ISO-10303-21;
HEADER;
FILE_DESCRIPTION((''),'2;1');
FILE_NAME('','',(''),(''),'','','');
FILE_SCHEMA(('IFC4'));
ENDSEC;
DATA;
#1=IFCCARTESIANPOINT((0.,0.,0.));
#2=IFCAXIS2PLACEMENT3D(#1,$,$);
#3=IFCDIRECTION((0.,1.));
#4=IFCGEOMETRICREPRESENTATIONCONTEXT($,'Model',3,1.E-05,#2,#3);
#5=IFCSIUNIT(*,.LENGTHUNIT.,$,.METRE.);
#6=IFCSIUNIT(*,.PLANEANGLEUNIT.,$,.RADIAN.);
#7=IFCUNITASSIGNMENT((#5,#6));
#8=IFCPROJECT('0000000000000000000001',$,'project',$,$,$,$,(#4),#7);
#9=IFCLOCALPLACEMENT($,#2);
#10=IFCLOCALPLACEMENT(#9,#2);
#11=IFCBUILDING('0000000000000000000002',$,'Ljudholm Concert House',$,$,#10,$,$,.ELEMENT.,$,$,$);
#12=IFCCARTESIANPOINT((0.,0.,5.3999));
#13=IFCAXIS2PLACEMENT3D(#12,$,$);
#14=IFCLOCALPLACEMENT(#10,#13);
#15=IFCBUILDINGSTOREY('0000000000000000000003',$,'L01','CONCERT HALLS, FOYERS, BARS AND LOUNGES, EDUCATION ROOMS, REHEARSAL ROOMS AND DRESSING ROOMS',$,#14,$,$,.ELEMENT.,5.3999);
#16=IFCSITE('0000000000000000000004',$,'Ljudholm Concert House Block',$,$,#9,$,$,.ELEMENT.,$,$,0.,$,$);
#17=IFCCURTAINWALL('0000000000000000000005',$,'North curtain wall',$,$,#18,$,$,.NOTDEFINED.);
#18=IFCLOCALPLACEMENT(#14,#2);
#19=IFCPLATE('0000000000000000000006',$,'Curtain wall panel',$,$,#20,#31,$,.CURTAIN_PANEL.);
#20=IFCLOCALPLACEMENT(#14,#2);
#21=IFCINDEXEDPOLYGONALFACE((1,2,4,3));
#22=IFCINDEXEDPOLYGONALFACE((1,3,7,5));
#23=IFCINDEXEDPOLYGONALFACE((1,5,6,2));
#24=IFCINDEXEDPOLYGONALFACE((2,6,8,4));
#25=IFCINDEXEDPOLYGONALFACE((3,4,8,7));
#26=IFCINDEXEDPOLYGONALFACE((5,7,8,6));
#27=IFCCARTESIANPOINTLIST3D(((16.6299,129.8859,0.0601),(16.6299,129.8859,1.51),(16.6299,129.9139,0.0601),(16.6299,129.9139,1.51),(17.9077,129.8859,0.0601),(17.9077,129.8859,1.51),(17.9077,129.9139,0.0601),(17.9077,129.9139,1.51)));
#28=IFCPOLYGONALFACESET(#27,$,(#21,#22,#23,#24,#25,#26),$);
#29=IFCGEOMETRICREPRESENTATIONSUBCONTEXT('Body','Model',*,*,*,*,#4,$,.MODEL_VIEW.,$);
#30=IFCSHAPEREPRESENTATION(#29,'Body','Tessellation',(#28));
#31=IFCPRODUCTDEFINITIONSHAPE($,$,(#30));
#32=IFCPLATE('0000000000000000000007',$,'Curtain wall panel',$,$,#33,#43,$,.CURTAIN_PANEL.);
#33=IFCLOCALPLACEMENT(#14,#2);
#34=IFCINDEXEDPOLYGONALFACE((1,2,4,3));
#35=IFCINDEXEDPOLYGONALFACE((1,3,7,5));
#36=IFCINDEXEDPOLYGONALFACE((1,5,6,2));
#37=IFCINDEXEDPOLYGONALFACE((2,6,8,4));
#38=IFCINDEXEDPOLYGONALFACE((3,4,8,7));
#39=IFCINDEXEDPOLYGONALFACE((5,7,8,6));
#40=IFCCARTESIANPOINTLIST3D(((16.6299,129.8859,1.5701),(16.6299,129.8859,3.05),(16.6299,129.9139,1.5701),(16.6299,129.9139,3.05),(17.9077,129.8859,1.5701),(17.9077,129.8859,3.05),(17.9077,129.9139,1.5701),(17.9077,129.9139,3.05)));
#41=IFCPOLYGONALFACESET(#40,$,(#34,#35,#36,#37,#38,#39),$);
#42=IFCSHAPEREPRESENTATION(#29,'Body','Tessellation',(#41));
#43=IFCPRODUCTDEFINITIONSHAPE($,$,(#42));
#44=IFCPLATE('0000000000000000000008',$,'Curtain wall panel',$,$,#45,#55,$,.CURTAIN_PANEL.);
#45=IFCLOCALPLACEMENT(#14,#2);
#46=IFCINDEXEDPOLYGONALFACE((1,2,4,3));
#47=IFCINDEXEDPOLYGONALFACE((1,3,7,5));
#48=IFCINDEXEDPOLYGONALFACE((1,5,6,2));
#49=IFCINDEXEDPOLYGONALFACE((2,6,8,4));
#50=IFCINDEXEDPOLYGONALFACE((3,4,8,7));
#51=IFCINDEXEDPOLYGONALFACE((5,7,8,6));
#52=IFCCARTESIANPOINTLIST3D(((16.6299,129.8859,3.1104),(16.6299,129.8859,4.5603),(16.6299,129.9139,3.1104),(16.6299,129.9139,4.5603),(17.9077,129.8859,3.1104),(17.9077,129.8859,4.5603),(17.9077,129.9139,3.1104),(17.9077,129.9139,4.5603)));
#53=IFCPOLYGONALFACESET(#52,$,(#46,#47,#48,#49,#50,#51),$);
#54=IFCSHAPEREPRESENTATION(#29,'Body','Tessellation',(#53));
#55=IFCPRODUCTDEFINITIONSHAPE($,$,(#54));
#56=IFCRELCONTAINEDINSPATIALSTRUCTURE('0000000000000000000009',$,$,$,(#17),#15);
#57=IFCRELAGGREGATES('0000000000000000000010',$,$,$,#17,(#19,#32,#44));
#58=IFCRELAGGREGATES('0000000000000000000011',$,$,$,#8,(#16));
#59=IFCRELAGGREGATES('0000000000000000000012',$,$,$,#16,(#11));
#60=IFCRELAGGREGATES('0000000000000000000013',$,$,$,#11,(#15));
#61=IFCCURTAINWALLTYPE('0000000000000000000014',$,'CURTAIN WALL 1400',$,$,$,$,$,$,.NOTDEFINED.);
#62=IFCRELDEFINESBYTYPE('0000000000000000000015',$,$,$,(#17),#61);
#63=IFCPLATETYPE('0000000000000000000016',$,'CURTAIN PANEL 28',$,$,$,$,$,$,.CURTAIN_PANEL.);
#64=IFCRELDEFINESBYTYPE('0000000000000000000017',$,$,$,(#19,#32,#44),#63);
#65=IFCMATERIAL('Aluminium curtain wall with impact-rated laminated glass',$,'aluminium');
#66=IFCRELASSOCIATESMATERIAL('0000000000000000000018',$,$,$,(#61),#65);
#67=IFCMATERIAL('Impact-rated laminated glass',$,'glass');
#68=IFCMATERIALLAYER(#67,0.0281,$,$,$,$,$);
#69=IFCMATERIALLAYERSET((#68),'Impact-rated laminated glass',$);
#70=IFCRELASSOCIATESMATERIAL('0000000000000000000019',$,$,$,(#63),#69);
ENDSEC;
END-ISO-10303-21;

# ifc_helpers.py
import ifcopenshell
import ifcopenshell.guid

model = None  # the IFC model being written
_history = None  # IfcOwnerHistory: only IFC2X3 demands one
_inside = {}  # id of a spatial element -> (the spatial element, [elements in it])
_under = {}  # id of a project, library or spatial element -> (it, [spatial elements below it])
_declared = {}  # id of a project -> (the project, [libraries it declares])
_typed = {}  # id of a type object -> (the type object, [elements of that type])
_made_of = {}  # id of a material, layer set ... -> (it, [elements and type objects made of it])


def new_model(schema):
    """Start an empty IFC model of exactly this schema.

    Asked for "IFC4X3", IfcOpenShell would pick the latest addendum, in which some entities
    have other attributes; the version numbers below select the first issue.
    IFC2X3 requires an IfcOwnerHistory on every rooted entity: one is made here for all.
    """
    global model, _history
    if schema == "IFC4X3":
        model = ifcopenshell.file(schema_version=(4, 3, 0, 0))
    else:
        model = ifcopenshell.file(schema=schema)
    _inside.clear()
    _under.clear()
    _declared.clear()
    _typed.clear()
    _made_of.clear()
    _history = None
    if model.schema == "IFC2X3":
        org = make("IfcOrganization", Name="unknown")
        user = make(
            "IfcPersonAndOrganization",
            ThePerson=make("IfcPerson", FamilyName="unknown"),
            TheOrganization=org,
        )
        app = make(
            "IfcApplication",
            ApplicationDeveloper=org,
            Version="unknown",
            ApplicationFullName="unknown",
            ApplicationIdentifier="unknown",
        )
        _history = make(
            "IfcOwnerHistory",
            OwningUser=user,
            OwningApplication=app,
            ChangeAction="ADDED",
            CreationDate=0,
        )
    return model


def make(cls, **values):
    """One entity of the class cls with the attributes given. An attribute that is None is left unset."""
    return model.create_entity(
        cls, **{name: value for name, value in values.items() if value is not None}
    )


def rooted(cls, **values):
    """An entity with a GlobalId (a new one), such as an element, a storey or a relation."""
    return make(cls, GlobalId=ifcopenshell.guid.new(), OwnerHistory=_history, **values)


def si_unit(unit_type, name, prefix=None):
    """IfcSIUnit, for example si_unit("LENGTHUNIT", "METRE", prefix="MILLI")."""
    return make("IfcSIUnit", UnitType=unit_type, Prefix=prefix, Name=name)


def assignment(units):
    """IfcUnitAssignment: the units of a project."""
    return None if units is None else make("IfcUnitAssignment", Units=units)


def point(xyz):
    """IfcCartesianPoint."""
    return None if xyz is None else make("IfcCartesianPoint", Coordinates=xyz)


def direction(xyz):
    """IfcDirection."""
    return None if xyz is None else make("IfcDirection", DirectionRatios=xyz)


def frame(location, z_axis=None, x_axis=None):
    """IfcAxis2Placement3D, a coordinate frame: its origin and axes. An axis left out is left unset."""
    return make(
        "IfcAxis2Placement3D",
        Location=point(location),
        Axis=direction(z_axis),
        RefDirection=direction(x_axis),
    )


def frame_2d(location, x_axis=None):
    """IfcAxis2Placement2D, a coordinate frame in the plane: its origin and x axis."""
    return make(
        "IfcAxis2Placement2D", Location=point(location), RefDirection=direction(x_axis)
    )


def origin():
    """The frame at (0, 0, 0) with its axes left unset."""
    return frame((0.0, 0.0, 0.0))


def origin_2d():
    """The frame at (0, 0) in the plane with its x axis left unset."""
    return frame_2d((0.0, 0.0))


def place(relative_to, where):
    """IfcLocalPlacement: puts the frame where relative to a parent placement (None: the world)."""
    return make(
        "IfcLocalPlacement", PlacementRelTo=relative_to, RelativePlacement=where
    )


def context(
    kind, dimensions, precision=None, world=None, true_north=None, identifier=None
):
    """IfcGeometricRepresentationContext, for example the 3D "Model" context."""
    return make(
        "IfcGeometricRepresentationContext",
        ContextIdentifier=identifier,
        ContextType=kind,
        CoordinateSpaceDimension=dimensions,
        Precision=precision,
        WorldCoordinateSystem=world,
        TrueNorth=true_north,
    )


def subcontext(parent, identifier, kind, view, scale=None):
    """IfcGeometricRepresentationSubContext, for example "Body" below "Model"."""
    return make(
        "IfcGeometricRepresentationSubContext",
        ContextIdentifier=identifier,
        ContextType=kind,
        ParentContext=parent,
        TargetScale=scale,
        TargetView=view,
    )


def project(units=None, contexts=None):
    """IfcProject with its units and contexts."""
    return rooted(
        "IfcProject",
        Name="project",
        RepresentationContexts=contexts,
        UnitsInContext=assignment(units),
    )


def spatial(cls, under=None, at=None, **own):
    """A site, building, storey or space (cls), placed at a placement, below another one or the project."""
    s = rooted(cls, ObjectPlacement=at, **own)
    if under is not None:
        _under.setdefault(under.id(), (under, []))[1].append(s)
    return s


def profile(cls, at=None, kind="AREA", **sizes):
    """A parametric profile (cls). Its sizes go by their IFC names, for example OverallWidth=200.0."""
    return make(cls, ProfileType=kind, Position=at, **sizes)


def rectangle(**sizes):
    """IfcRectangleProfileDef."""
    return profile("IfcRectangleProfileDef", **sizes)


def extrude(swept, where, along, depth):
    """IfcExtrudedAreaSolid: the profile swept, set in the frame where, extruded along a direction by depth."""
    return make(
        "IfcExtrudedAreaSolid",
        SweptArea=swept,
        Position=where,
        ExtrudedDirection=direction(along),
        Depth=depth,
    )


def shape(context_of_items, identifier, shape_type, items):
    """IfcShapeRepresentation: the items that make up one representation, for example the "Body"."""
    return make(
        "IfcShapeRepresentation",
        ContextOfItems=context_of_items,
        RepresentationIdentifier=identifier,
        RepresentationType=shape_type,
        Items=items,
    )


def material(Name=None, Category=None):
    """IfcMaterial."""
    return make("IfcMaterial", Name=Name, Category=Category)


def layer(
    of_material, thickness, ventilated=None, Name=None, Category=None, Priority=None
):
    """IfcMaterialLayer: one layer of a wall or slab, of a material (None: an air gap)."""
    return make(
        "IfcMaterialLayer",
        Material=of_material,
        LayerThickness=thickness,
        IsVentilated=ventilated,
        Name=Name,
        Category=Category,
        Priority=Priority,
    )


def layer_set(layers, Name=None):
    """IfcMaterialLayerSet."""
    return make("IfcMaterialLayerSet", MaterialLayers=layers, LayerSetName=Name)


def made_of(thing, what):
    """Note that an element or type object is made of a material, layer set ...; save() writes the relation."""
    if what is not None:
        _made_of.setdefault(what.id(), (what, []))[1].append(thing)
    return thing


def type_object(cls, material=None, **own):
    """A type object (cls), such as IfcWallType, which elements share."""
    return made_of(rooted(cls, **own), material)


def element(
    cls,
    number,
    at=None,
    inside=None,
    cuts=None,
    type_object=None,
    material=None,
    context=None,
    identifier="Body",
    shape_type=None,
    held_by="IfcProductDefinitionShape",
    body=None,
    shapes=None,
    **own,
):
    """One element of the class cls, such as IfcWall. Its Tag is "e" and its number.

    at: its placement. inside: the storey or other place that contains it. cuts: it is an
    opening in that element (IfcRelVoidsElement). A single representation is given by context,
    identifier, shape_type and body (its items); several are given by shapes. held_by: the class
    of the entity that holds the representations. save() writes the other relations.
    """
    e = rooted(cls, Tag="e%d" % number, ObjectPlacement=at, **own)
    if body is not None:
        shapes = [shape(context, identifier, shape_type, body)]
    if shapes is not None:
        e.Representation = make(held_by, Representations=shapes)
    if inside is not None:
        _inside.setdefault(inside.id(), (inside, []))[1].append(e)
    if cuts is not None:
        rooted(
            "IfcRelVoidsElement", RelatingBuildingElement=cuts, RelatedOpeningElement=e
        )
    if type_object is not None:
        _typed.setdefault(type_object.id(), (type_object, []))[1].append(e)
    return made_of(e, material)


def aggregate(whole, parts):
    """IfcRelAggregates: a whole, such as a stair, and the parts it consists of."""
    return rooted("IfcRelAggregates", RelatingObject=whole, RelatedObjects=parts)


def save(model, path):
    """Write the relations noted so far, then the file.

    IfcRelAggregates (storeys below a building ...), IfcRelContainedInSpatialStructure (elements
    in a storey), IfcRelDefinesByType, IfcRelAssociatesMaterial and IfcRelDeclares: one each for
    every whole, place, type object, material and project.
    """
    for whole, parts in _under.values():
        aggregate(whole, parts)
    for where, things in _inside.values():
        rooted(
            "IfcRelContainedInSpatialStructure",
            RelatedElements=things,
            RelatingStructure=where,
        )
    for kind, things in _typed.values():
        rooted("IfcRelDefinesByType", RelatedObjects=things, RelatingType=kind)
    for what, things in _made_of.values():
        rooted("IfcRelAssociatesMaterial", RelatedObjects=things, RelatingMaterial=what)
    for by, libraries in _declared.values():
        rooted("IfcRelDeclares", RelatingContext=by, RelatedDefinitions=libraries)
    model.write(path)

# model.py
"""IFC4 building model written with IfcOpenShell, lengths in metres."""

from ifc_helpers import new_model, si_unit, direction, frame, origin, origin_2d, place, context, subcontext, project, spatial, rectangle, extrude, material, layer, layer_set, type_object, element, aggregate, save


model = new_model("IFC4")

# Units and contexts
model_context = context("Model", 3, precision=1e-05, world=origin(), true_north=direction((0.0, 1.0)))
body_context = subcontext(model_context, "Body", "Model", "MODEL_VIEW")
ifc_project = project(units=[si_unit("LENGTHUNIT", "METRE"), si_unit("PLANEANGLEUNIT", "RADIAN")], contexts=[model_context])

# Site, building, storey
site_placement = place(None, origin())
site = spatial("IfcSite", under=ifc_project, at=site_placement, Name="Ljudholm Concert House Block", CompositionType="ELEMENT", RefElevation=0.0)
building_placement = place(site_placement, origin())
building = spatial("IfcBuilding", under=site, at=building_placement, Name="Ljudholm Concert House", CompositionType="ELEMENT")
storey_placement = place(building_placement, frame((0.0, 0.0, 5.3999)))
storey = spatial("IfcBuildingStorey", under=building, at=storey_placement, Name="L01", Description="CONCERT HALLS, FOYERS, BARS AND LOUNGES, EDUCATION ROOMS, REHEARSAL ROOMS AND DRESSING ROOMS", CompositionType="ELEMENT", Elevation=5.3999)

# Curtain wall
ifc_material_1 = material(Name="Aluminium curtain wall with impact-rated laminated glass", Category="aluminium")
curtain_wall_type = type_object("IfcCurtainWallType", Name="CURTAIN WALL 1400", PredefinedType="NOTDEFINED", material=ifc_material_1)
curtain_wall_placement = place(storey_placement, origin())
curtain_wall = element("IfcCurtainWall", 1, at=curtain_wall_placement, inside=storey, type_object=curtain_wall_type, Name="North curtain wall", PredefinedType="NOTDEFINED")

# Plates
ifc_material_2 = material(Name="Impact-rated laminated glass", Category="glass")
ifc_layer = layer(ifc_material_2, 0.0281)
ifc_layer_set = layer_set([ifc_layer], Name="Impact-rated laminated glass")
plate_type = type_object("IfcPlateType", Name="CURTAIN PANEL 28", PredefinedType="CURTAIN_PANEL", material=ifc_layer_set)
plate_1_placement = place(storey_placement, frame((17.2688, 129.8999, 0.0601), z_axis=(0.0, 0.0, 1.0), x_axis=(1.0, 0.0, 0.0)))
plate_1 = element("IfcPlate", 2, at=plate_1_placement, type_object=plate_type, Name="Curtain wall panel", PredefinedType="CURTAIN_PANEL", context=body_context, shape_type="SweptSolid", body=[
    extrude(rectangle(XDim=1.2778, YDim=0.0281, at=origin_2d()), origin(), (0.0, 0.0, 1.0), 1.45),
])
plate_2_placement = place(storey_placement, frame((17.2688, 129.8999, 1.5701), z_axis=(0.0, 0.0, 1.0), x_axis=(1.0, 0.0, 0.0)))
plate_2 = element("IfcPlate", 3, at=plate_2_placement, type_object=plate_type, Name="Curtain wall panel", PredefinedType="CURTAIN_PANEL", context=body_context, shape_type="SweptSolid", body=[
    extrude(rectangle(XDim=1.2778, YDim=0.0281, at=origin_2d()), origin(), (0.0, 0.0, 1.0), 1.48),
])
plate_3_placement = place(storey_placement, frame((17.2688, 129.8999, 3.1104), z_axis=(0.0, 0.0, 1.0), x_axis=(1.0, 0.0, 0.0)))
plate_3 = element("IfcPlate", 4, at=plate_3_placement, type_object=plate_type, Name="Curtain wall panel", PredefinedType="CURTAIN_PANEL", context=body_context, shape_type="SweptSolid", body=[
    extrude(rectangle(XDim=1.2778, YDim=0.0281, at=origin_2d()), origin(), (0.0, 0.0, 1.0), 1.45),
])
aggregate(curtain_wall, [plate_1, plate_2, plate_3])

save(model, "model.ifc")
